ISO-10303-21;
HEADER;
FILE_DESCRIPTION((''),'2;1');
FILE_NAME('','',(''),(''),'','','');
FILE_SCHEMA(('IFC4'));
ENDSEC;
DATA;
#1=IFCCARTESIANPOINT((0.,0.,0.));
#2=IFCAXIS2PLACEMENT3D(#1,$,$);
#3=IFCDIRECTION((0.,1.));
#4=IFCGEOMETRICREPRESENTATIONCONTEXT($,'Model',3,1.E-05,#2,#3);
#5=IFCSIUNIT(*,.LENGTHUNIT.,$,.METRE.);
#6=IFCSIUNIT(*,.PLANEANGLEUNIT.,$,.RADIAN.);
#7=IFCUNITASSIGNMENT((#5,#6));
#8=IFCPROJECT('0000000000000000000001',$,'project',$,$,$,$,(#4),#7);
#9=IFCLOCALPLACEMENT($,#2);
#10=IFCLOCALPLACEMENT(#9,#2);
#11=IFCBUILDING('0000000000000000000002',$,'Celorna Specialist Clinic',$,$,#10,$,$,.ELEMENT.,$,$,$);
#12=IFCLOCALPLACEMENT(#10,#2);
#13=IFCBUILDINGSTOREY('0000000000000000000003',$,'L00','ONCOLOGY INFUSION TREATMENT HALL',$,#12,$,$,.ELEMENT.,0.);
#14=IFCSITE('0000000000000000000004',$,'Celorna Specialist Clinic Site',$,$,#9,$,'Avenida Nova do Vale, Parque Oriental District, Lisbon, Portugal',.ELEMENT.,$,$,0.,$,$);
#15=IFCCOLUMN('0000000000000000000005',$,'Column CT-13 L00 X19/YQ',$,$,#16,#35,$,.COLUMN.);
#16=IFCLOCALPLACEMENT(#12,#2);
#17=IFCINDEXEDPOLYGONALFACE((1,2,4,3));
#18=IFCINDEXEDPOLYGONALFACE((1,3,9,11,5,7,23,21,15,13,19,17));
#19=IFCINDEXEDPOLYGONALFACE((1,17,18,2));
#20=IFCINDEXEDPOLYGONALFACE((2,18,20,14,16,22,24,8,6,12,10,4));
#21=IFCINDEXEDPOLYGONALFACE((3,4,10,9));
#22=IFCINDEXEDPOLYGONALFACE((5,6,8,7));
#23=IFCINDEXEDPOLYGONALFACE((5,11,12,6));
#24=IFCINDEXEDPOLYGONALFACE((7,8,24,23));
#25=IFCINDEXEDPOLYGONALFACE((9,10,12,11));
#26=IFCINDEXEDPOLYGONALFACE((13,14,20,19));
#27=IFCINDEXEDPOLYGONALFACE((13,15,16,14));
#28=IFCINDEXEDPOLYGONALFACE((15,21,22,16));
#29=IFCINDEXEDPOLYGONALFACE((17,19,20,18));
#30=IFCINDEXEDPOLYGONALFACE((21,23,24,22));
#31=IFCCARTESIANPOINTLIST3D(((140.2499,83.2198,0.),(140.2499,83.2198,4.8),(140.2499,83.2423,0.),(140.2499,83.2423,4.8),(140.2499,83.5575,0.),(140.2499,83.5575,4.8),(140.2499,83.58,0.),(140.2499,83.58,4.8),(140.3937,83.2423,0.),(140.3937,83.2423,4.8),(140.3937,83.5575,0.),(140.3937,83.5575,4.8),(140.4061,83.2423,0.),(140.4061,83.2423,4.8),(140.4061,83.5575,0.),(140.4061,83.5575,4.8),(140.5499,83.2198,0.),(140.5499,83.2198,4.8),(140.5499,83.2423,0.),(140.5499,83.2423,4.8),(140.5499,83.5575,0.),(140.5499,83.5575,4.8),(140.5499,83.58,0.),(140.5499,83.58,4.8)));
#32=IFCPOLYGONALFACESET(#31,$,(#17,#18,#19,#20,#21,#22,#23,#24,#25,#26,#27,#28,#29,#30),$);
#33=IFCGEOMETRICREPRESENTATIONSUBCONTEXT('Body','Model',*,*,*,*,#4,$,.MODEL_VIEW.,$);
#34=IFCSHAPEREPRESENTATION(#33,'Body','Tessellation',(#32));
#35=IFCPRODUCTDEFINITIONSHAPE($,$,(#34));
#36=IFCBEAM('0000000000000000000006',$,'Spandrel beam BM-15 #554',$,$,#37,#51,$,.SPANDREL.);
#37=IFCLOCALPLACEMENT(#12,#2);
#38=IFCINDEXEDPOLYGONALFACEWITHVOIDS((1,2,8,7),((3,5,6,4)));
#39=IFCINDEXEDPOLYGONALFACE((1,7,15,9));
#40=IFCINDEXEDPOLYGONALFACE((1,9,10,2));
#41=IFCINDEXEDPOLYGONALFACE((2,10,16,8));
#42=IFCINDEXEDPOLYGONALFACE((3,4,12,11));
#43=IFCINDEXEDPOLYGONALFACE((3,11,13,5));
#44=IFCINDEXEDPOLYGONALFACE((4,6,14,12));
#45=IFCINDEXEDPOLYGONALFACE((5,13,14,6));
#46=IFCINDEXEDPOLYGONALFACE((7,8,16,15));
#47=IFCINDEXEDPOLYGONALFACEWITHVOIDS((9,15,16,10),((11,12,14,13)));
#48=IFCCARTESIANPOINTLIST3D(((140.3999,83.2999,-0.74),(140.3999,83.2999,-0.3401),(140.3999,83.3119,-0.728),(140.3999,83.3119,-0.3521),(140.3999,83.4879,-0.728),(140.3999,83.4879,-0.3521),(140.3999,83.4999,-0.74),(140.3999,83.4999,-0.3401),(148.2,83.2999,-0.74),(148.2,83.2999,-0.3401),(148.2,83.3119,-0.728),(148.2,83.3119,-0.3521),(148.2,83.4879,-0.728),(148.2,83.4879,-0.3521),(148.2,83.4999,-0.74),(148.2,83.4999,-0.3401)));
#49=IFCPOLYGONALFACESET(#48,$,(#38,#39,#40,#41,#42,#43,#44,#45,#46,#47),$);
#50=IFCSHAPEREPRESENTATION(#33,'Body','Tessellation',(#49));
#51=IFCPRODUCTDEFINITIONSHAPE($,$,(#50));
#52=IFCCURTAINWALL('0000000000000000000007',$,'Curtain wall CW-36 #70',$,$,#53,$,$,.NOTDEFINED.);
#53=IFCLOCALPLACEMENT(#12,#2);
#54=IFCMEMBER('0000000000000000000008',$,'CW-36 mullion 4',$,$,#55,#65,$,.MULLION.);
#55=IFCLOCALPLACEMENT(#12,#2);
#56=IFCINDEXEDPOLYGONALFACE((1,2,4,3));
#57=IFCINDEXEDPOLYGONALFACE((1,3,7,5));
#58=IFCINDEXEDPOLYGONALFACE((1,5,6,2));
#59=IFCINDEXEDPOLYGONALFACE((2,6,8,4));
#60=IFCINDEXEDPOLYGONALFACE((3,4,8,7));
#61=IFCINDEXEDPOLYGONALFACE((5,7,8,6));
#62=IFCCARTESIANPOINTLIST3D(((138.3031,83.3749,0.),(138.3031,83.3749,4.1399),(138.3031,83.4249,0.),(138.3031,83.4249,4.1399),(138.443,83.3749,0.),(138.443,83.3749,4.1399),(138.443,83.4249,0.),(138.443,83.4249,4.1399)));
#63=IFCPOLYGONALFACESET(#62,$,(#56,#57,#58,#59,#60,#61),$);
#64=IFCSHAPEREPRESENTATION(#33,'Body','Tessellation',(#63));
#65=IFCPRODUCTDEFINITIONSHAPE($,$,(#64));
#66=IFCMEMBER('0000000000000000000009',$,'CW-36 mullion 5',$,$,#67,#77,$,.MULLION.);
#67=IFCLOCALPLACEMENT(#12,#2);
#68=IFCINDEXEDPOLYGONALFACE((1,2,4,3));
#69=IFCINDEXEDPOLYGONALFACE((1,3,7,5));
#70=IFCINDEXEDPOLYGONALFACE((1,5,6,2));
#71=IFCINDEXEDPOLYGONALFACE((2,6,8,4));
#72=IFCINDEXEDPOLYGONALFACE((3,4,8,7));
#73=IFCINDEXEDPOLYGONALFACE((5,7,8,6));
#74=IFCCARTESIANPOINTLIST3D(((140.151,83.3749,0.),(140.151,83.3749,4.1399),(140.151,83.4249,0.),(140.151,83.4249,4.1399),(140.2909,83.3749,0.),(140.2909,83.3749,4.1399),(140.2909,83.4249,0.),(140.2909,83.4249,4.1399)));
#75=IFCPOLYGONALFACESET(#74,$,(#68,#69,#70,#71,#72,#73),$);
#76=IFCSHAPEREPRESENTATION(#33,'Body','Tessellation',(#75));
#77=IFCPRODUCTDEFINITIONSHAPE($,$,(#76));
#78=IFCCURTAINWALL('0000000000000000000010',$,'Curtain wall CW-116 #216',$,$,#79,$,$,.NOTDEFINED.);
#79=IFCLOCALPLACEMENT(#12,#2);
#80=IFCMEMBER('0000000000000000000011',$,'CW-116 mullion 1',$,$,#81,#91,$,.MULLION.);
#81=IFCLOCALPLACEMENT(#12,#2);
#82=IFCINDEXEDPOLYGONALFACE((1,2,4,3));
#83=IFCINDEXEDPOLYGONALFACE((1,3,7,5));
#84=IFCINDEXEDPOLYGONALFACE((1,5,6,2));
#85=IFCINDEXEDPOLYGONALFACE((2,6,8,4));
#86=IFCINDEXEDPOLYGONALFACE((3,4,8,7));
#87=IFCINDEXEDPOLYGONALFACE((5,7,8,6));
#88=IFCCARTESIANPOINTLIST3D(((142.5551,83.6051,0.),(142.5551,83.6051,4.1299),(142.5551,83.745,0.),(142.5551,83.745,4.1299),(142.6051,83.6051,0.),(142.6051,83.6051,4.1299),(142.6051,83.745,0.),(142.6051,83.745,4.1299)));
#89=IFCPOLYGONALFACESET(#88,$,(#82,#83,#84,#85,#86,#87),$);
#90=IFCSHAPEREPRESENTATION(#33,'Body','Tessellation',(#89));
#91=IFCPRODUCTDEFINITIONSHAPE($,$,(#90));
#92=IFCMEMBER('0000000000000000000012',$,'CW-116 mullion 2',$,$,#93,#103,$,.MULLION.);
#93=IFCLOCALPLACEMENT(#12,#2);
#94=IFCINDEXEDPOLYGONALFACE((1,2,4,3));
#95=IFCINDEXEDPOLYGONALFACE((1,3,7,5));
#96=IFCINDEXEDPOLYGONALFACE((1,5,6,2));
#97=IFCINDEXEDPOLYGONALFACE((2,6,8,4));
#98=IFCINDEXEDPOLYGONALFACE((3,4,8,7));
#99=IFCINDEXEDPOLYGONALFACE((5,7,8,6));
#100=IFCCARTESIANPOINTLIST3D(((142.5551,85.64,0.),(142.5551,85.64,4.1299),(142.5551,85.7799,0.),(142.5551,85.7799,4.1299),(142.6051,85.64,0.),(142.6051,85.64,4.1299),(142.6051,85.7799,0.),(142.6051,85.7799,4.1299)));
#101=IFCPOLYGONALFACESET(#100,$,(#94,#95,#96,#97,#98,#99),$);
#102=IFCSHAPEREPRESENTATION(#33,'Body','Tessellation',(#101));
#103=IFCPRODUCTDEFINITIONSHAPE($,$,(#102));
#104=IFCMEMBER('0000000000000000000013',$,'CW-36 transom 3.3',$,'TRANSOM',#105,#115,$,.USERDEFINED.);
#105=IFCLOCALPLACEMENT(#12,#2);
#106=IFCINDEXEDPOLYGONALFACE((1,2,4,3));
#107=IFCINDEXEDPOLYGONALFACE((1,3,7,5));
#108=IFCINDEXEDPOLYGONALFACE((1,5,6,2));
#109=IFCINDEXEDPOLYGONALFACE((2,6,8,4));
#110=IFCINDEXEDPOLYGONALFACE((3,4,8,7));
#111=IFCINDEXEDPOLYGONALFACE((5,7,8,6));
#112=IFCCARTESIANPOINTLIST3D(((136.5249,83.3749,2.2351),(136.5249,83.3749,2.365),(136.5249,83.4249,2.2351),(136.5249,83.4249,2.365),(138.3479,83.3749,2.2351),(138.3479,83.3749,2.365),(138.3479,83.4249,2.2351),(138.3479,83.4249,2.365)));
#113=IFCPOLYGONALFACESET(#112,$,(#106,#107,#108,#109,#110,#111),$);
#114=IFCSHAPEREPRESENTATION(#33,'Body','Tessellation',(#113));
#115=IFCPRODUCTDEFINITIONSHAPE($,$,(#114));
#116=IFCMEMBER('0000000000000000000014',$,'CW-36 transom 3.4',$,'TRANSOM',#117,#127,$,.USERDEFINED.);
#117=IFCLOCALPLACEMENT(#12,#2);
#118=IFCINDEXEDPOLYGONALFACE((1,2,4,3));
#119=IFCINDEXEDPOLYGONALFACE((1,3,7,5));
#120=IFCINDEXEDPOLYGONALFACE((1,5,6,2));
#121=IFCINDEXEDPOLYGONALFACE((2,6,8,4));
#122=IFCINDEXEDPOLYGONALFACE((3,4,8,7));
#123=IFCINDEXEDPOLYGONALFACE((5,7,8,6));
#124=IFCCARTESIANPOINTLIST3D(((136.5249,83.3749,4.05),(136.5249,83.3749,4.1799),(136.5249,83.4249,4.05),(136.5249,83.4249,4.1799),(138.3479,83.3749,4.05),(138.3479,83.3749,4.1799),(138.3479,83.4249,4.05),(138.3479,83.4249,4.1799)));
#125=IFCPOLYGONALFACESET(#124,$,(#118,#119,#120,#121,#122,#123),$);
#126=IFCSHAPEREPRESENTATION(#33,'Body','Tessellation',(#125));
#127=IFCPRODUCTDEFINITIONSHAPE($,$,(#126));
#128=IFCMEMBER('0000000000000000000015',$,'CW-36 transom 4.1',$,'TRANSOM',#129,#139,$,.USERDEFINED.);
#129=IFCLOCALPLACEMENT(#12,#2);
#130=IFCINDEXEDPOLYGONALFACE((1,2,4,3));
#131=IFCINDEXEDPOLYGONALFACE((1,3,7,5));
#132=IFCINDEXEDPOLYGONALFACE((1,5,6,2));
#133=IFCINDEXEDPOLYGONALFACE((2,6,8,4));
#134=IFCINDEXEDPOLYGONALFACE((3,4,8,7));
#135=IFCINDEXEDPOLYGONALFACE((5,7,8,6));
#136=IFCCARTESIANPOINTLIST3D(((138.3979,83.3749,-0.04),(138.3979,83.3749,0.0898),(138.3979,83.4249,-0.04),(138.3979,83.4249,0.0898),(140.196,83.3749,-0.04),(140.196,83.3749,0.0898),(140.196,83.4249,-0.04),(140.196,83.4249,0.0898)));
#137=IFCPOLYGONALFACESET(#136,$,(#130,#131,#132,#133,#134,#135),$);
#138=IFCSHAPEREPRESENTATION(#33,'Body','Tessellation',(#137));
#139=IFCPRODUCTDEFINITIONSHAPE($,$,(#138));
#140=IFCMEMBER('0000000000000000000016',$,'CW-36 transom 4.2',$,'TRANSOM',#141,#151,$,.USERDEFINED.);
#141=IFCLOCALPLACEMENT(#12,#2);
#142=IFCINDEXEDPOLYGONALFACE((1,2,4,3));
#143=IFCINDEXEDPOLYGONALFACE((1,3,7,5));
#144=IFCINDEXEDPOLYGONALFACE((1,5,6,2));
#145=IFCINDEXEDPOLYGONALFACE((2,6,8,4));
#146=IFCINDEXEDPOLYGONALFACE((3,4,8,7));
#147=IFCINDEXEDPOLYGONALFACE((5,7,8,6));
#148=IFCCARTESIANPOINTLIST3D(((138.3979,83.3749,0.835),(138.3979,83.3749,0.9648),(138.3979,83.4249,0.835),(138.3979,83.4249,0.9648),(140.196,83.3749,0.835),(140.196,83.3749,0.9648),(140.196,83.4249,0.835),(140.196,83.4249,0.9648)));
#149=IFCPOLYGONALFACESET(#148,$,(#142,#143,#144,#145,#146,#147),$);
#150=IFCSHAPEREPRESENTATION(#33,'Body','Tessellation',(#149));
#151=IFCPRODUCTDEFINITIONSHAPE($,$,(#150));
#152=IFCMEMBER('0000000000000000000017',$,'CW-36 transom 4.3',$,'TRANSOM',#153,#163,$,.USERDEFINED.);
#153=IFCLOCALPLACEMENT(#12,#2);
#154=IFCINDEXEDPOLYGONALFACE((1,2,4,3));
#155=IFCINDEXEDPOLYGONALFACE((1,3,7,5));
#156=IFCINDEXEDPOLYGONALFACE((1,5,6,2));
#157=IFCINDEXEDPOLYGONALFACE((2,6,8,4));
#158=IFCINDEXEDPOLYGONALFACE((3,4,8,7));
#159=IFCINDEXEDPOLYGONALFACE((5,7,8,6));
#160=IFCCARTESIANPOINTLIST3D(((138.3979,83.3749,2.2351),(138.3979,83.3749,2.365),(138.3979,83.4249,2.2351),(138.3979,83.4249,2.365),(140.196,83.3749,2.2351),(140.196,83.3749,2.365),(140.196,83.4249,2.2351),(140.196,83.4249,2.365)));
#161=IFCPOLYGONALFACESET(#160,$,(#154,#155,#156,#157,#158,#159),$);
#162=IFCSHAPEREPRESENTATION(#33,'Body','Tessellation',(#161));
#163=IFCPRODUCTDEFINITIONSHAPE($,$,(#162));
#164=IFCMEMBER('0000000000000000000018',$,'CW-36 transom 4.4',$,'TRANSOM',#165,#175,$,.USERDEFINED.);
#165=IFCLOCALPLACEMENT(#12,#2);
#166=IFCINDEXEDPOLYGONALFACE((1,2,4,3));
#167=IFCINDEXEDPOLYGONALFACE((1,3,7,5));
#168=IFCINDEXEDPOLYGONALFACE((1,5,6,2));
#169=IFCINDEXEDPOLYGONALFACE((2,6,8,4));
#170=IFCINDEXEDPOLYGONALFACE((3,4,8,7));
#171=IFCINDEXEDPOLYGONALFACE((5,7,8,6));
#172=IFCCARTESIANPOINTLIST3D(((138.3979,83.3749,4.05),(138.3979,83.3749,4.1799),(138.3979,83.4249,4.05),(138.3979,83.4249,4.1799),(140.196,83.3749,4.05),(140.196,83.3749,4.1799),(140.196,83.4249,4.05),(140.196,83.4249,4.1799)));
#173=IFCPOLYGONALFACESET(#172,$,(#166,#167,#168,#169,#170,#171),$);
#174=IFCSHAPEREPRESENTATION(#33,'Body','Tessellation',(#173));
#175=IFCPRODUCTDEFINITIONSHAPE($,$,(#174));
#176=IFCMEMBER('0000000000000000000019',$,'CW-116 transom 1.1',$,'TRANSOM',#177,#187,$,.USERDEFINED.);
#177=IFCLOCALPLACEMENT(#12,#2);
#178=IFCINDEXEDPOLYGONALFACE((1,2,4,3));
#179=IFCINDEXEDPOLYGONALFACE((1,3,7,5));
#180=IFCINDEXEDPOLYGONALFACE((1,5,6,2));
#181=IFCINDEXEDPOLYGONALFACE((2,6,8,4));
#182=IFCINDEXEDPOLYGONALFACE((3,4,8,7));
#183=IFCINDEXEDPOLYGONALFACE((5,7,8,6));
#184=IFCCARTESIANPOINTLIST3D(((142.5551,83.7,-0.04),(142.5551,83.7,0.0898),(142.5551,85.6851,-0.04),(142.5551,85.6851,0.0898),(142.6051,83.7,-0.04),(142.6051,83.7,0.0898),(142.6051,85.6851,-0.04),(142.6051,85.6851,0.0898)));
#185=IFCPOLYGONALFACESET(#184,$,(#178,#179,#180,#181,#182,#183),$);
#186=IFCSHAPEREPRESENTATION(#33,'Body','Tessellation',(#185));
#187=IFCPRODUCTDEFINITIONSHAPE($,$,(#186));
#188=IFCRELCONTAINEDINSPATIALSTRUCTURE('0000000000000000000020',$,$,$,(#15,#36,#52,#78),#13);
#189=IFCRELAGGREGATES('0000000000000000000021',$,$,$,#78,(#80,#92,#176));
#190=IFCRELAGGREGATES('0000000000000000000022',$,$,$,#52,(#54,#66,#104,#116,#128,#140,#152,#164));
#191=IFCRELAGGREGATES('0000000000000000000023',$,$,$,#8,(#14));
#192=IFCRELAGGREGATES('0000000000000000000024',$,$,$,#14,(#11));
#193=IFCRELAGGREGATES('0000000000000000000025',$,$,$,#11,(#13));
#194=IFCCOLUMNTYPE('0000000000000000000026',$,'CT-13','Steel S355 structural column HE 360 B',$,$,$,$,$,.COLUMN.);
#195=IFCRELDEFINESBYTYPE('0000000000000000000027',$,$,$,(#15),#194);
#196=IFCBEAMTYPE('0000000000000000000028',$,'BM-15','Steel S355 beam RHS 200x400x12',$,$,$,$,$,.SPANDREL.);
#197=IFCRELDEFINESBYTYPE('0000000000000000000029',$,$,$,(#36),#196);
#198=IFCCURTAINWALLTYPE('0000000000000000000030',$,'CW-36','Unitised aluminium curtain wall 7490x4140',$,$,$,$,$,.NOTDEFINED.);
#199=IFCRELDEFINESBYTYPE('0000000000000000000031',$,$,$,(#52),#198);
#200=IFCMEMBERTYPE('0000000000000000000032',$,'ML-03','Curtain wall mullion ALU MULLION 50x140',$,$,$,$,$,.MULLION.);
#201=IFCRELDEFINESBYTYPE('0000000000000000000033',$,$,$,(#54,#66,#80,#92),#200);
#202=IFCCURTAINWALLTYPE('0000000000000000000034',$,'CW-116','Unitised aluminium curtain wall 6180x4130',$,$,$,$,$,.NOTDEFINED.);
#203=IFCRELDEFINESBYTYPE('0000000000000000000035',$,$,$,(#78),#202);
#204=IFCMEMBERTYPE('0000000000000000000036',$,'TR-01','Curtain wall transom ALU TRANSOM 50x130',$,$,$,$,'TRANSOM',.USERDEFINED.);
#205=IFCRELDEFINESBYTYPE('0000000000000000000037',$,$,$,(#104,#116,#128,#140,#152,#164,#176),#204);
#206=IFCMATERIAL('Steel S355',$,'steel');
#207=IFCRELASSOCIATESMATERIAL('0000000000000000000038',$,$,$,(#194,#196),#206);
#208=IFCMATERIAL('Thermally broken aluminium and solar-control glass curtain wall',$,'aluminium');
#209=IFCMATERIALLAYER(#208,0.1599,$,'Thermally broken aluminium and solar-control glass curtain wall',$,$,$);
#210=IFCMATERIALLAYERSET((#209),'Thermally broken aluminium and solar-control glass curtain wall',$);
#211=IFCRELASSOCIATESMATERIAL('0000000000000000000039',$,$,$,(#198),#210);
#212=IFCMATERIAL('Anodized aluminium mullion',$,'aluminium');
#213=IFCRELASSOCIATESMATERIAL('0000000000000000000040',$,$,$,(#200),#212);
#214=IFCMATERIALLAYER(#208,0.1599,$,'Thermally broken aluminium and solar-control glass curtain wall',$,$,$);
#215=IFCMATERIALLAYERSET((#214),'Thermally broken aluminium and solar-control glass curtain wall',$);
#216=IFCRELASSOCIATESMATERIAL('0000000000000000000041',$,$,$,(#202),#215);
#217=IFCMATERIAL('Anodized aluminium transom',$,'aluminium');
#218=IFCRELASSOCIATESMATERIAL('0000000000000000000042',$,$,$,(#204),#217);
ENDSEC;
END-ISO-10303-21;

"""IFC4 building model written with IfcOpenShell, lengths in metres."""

from ifc_helpers import new_model, si_unit, direction, frame, origin, origin_2d, place, context, subcontext, project, spatial, rectangle, hollow_rectangle, i_section, extrude, material, layer, layer_set, material_profile, profile_set, type_object, element, aggregate, save


model = new_model("IFC4")

# Units and contexts
model_context = context("Model", 3, precision=1e-05, world=origin(), true_north=direction((0.0, 1.0)))
body_context = subcontext(model_context, "Body", "Model", "MODEL_VIEW")
ifc_project = project(units=[si_unit("LENGTHUNIT", "METRE"), si_unit("PLANEANGLEUNIT", "RADIAN")], contexts=[model_context])

# Site, building, storey
site_placement = place(None, origin())
site = spatial("IfcSite", under=ifc_project, at=site_placement, Name="Celorna Specialist Clinic Site", LongName="Avenida Nova do Vale, Parque Oriental District, Lisbon, Portugal", CompositionType="ELEMENT", RefElevation=0.0)
building_placement = place(site_placement, origin())
building = spatial("IfcBuilding", under=site, at=building_placement, Name="Celorna Specialist Clinic", CompositionType="ELEMENT")
storey_placement = place(building_placement, origin())
storey = spatial("IfcBuildingStorey", under=building, at=storey_placement, Name="L00", Description="ONCOLOGY INFUSION TREATMENT HALL", CompositionType="ELEMENT", Elevation=0.0)

# Column
ifc_material_1 = material(Name="Steel S355", Category="steel")
ifc_material_profile_1 = material_profile(ifc_material_1, i_section(OverallWidth=0.3, OverallDepth=0.3601, WebThickness=0.0125, FlangeThickness=0.0225, at=origin_2d()), Name="HE 360 B")
ifc_profile_set_1 = profile_set([ifc_material_profile_1], Name="Steel S355")
column_type = type_object("IfcColumnType", Name="CT-13", Description="Steel S355 structural column HE 360 B", PredefinedType="COLUMN", material=ifc_profile_set_1)
column_placement = place(storey_placement, frame((140.3999, 83.3999, 0.0), z_axis=(0.0, 0.0, 1.0), x_axis=(1.0, 0.0, 0.0)))
element("IfcColumn", 1, at=column_placement, inside=storey, type_object=column_type, Name="Column CT-13 L00 X19/YQ", PredefinedType="COLUMN", context=body_context, shape_type="SweptSolid", body=[
    extrude(i_section(OverallWidth=0.3, OverallDepth=0.3601, WebThickness=0.0125, FlangeThickness=0.0225, at=origin_2d()), origin(), (0.0, 0.0, 1.0), 4.8),
])

# Beam
ifc_material_profile_2 = material_profile(ifc_material_1, hollow_rectangle(XDim=0.2, YDim=0.3999, WallThickness=0.012, at=origin_2d()), Name="RHS 200x400x12")
ifc_profile_set_2 = profile_set([ifc_material_profile_2], Name="Steel S355")
beam_type = type_object("IfcBeamType", Name="BM-15", Description="Steel S355 beam RHS 200x400x12", PredefinedType="SPANDREL", material=ifc_profile_set_2)
beam_placement = place(storey_placement, frame((140.3999, 83.3999, -0.54), z_axis=(1.0, 0.0, 0.0), x_axis=(0.0, 1.0, 0.0)))
element("IfcBeam", 2, at=beam_placement, inside=storey, type_object=beam_type, Name="Spandrel beam BM-15 #554", PredefinedType="SPANDREL", context=body_context, shape_type="SweptSolid", body=[
    extrude(hollow_rectangle(XDim=0.2, YDim=0.3999, WallThickness=0.012, at=origin_2d()), origin(), (0.0, 0.0, 1.0), 7.8),
])

# Curtain walls, members
ifc_material_2 = material(Name="Thermally broken aluminium and solar-control glass curtain wall", Category="aluminium")
ifc_layer_1 = layer(ifc_material_2, 0.1599, Name="Thermally broken aluminium and solar-control glass curtain wall")
ifc_layer_set_1 = layer_set([ifc_layer_1], Name="Thermally broken aluminium and solar-control glass curtain wall")
curtain_wall_type_1 = type_object("IfcCurtainWallType", Name="CW-36", Description="Unitised aluminium curtain wall 7490x4140", PredefinedType="NOTDEFINED", material=ifc_layer_set_1)
curtain_wall_1_placement = place(storey_placement, origin())
curtain_wall_1 = element("IfcCurtainWall", 3, at=curtain_wall_1_placement, inside=storey, type_object=curtain_wall_type_1, Name="Curtain wall CW-36 #70", PredefinedType="NOTDEFINED")
ifc_material_3 = material(Name="Anodized aluminium mullion", Category="aluminium")
ifc_material_profile_3 = material_profile(ifc_material_3, rectangle(XDim=0.05, YDim=0.1399, at=origin_2d()), Name="ALU MULLION 50x140")
ifc_profile_set_3 = profile_set([ifc_material_profile_3], Name="Anodized aluminium mullion")
member_type_1 = type_object("IfcMemberType", Name="ML-03", Description="Curtain wall mullion ALU MULLION 50x140", PredefinedType="MULLION", material=ifc_profile_set_3)
member_1_placement = place(storey_placement, frame((138.373, 83.3999, 0.0), z_axis=(0.0, 0.0, 1.0), x_axis=(0.0, 1.0, 0.0)))
member_1 = element("IfcMember", 4, at=member_1_placement, type_object=member_type_1, Name="CW-36 mullion 4", PredefinedType="MULLION", context=body_context, shape_type="SweptSolid", body=[
    extrude(rectangle(XDim=0.05, YDim=0.1399, at=origin_2d()), origin(), (0.0, 0.0, 1.0), 4.1399),
])
member_2_placement = place(storey_placement, frame((140.2209, 83.3999, 0.0), z_axis=(0.0, 0.0, 1.0), x_axis=(0.0, 1.0, 0.0)))
member_2 = element("IfcMember", 5, at=member_2_placement, type_object=member_type_1, Name="CW-36 mullion 5", PredefinedType="MULLION", context=body_context, shape_type="SweptSolid", body=[
    extrude(rectangle(XDim=0.05, YDim=0.1399, at=origin_2d()), origin(), (0.0, 0.0, 1.0), 4.1399),
])
ifc_layer_2 = layer(ifc_material_2, 0.1599, Name="Thermally broken aluminium and solar-control glass curtain wall")
ifc_layer_set_2 = layer_set([ifc_layer_2], Name="Thermally broken aluminium and solar-control glass curtain wall")
curtain_wall_type_2 = type_object("IfcCurtainWallType", Name="CW-116", Description="Unitised aluminium curtain wall 6180x4130", PredefinedType="NOTDEFINED", material=ifc_layer_set_2)
curtain_wall_2_placement = place(storey_placement, origin())
curtain_wall_2 = element("IfcCurtainWall", 6, at=curtain_wall_2_placement, inside=storey, type_object=curtain_wall_type_2, Name="Curtain wall CW-116 #216", PredefinedType="NOTDEFINED")
member_3_placement = place(storey_placement, frame((142.5801, 83.675, 0.0), z_axis=(0.0, 0.0, 1.0), x_axis=(-1.0, 0.0, 0.0)))
member_3 = element("IfcMember", 7, at=member_3_placement, type_object=member_type_1, Name="CW-116 mullion 1", PredefinedType="MULLION", context=body_context, shape_type="SweptSolid", body=[
    extrude(rectangle(XDim=0.05, YDim=0.1399, at=origin_2d()), origin(), (0.0, 0.0, 1.0), 4.1299),
])
member_4_placement = place(storey_placement, frame((142.5801, 85.71, 0.0), z_axis=(0.0, 0.0, 1.0), x_axis=(-1.0, 0.0, 0.0)))
member_4 = element("IfcMember", 8, at=member_4_placement, type_object=member_type_1, Name="CW-116 mullion 2", PredefinedType="MULLION", context=body_context, shape_type="SweptSolid", body=[
    extrude(rectangle(XDim=0.05, YDim=0.1399, at=origin_2d()), origin(), (0.0, 0.0, 1.0), 4.1299),
])

# Members
ifc_material_4 = material(Name="Anodized aluminium transom", Category="aluminium")
ifc_material_profile_4 = material_profile(ifc_material_4, rectangle(XDim=0.05, YDim=0.1299, at=origin_2d()), Name="ALU TRANSOM 50x130")
ifc_profile_set_4 = profile_set([ifc_material_profile_4], Name="Anodized aluminium transom")
member_type_2 = type_object("IfcMemberType", Name="TR-01", Description="Curtain wall transom ALU TRANSOM 50x130", ElementType="TRANSOM", PredefinedType="USERDEFINED", material=ifc_profile_set_4)
member_5_placement = place(storey_placement, frame((136.5249, 83.3999, 2.3), z_axis=(1.0, 0.0, 0.0), x_axis=(0.0, 1.0, 0.0)))
member_5 = element("IfcMember", 9, at=member_5_placement, type_object=member_type_2, Name="CW-36 transom 3.3", ObjectType="TRANSOM", PredefinedType="USERDEFINED", context=body_context, shape_type="SweptSolid", body=[
    extrude(rectangle(XDim=0.05, YDim=0.1299, at=origin_2d()), origin(), (0.0, 0.0, 1.0), 1.823),
])
member_6_placement = place(storey_placement, frame((136.5249, 83.3999, 4.115), z_axis=(1.0, 0.0, 0.0), x_axis=(0.0, 1.0, 0.0)))
member_6 = element("IfcMember", 10, at=member_6_placement, type_object=member_type_2, Name="CW-36 transom 3.4", ObjectType="TRANSOM", PredefinedType="USERDEFINED", context=body_context, shape_type="SweptSolid", body=[
    extrude(rectangle(XDim=0.05, YDim=0.1299, at=origin_2d()), origin(), (0.0, 0.0, 1.0), 1.823),
])
member_7_placement = place(storey_placement, frame((138.3979, 83.3999, 0.0249), z_axis=(1.0, 0.0, 0.0), x_axis=(0.0, 1.0, 0.0)))
member_7 = element("IfcMember", 11, at=member_7_placement, type_object=member_type_2, Name="CW-36 transom 4.1", ObjectType="TRANSOM", PredefinedType="USERDEFINED", context=body_context, shape_type="SweptSolid", body=[
    extrude(rectangle(XDim=0.05, YDim=0.1299, at=origin_2d()), origin(), (0.0, 0.0, 1.0), 1.7981),
])
member_8_placement = place(storey_placement, frame((138.3979, 83.3999, 0.8999), z_axis=(1.0, 0.0, 0.0), x_axis=(0.0, 1.0, 0.0)))
member_8 = element("IfcMember", 12, at=member_8_placement, type_object=member_type_2, Name="CW-36 transom 4.2", ObjectType="TRANSOM", PredefinedType="USERDEFINED", context=body_context, shape_type="SweptSolid", body=[
    extrude(rectangle(XDim=0.05, YDim=0.1299, at=origin_2d()), origin(), (0.0, 0.0, 1.0), 1.7981),
])
member_9_placement = place(storey_placement, frame((138.3979, 83.3999, 2.3), z_axis=(1.0, 0.0, 0.0), x_axis=(0.0, 1.0, 0.0)))
member_9 = element("IfcMember", 13, at=member_9_placement, type_object=member_type_2, Name="CW-36 transom 4.3", ObjectType="TRANSOM", PredefinedType="USERDEFINED", context=body_context, shape_type="SweptSolid", body=[
    extrude(rectangle(XDim=0.05, YDim=0.1299, at=origin_2d()), origin(), (0.0, 0.0, 1.0), 1.7981),
])
member_10_placement = place(storey_placement, frame((138.3979, 83.3999, 4.115), z_axis=(1.0, 0.0, 0.0), x_axis=(0.0, 1.0, 0.0)))
member_10 = element("IfcMember", 14, at=member_10_placement, type_object=member_type_2, Name="CW-36 transom 4.4", ObjectType="TRANSOM", PredefinedType="USERDEFINED", context=body_context, shape_type="SweptSolid", body=[
    extrude(rectangle(XDim=0.05, YDim=0.1299, at=origin_2d()), origin(), (0.0, 0.0, 1.0), 1.7981),
])
member_11_placement = place(storey_placement, frame((142.5801, 83.7, 0.0249), z_axis=(0.0, 1.0, 0.0), x_axis=(-1.0, 0.0, 0.0)))
member_11 = element("IfcMember", 15, at=member_11_placement, type_object=member_type_2, Name="CW-116 transom 1.1", ObjectType="TRANSOM", PredefinedType="USERDEFINED", context=body_context, shape_type="SweptSolid", body=[
    extrude(rectangle(XDim=0.05, YDim=0.1299, at=origin_2d()), origin(), (0.0, 0.0, 1.0), 1.9851),
])

aggregate(curtain_wall_2, [member_3, member_4, member_11])
aggregate(curtain_wall_1, [member_1, member_2, member_5, member_6, member_7, member_8, member_9, member_10])

save(model, "model.ifc")
